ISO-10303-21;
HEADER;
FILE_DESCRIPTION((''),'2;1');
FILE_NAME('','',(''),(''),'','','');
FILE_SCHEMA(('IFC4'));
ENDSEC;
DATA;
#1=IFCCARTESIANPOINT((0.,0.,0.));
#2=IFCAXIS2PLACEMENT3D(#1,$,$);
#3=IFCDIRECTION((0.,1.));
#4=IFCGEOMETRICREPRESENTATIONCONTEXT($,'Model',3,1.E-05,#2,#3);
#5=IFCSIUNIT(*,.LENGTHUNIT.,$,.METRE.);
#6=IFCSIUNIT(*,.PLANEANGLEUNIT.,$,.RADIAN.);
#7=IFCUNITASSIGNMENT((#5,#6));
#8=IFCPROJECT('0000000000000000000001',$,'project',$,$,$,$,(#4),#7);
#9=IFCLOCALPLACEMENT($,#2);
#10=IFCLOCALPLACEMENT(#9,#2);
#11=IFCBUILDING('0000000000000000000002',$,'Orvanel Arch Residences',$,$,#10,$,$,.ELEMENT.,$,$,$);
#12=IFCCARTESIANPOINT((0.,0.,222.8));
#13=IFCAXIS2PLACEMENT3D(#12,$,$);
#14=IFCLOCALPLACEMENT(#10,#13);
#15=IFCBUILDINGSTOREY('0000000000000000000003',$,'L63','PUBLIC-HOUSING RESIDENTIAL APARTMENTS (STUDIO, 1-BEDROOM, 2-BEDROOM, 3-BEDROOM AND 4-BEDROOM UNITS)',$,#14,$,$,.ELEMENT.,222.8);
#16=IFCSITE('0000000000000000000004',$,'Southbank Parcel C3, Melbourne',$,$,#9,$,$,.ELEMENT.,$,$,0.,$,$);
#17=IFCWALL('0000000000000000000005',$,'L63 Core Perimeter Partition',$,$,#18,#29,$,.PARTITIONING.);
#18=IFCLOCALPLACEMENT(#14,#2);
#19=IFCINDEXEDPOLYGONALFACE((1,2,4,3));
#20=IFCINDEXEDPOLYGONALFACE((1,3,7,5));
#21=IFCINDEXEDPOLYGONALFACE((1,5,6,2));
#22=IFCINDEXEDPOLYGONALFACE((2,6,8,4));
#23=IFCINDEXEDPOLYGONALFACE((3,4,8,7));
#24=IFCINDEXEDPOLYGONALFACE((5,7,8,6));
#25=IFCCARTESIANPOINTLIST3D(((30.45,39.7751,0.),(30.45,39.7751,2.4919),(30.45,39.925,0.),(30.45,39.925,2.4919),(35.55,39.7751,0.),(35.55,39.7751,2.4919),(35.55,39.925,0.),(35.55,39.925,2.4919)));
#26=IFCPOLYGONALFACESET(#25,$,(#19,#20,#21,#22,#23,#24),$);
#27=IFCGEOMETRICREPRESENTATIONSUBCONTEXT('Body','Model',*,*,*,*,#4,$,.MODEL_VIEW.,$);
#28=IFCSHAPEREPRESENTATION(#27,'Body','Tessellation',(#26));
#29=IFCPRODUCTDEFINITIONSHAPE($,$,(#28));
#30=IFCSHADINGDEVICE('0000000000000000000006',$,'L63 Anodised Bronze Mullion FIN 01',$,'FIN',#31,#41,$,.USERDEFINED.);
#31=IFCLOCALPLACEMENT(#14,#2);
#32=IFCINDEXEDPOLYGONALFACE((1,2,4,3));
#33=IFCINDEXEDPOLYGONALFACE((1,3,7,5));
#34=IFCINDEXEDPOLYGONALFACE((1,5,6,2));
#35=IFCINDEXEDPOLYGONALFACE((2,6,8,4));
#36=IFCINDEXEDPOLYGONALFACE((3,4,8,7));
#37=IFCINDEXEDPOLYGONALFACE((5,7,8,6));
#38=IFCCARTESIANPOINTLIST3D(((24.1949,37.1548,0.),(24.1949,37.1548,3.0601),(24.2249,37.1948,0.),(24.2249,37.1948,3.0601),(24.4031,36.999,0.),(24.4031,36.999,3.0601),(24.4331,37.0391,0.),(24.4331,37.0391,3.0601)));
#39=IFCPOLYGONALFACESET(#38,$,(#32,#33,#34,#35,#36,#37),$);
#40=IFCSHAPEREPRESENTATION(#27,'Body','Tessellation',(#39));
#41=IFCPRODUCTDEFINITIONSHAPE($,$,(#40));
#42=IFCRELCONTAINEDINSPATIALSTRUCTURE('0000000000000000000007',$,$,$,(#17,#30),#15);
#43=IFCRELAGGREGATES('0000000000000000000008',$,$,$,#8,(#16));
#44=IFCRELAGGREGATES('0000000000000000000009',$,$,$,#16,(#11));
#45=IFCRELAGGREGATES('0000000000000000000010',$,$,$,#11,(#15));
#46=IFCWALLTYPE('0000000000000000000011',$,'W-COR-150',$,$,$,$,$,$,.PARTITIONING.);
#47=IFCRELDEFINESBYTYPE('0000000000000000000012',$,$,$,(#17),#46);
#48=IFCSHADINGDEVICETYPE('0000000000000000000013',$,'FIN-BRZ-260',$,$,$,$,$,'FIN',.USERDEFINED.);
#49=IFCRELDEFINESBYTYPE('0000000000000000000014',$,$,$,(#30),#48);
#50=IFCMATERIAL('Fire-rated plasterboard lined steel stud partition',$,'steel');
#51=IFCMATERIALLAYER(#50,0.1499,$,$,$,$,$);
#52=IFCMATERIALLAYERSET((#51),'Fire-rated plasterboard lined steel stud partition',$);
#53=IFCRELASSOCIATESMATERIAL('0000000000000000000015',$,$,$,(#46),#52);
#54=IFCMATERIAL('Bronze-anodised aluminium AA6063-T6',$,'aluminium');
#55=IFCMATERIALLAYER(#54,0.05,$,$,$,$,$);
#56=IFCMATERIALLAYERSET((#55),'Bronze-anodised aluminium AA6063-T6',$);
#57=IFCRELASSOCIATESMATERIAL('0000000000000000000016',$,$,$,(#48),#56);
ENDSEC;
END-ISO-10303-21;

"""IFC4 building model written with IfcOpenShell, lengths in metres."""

from ifc_helpers import new_model, si_unit, direction, frame, frame_2d, origin, origin_2d, place, context, subcontext, project, spatial, rectangle, extrude, material, layer, layer_set, type_object, element, save


model = new_model("IFC4")

# Units and contexts
model_context = context("Model", 3, precision=1e-05, world=origin(), true_north=direction((0.0, 1.0)))
body_context = subcontext(model_context, "Body", "Model", "MODEL_VIEW")
ifc_project = project(units=[si_unit("LENGTHUNIT", "METRE"), si_unit("PLANEANGLEUNIT", "RADIAN")], contexts=[model_context])

# Site, building, storey
site_placement = place(None, origin())
site = spatial("IfcSite", under=ifc_project, at=site_placement, Name="Southbank Parcel C3, Melbourne", CompositionType="ELEMENT", RefElevation=0.0)
building_placement = place(site_placement, origin())
building = spatial("IfcBuilding", under=site, at=building_placement, Name="Orvanel Arch Residences", CompositionType="ELEMENT")
storey_placement = place(building_placement, frame((0.0, 0.0, 222.8)))
storey = spatial("IfcBuildingStorey", under=building, at=storey_placement, Name="L63", Description="PUBLIC-HOUSING RESIDENTIAL APARTMENTS (STUDIO, 1-BEDROOM, 2-BEDROOM, 3-BEDROOM AND 4-BEDROOM UNITS)", CompositionType="ELEMENT", Elevation=222.8)

# Shared definitions
ifc_material_1 = material(Name="Bronze-anodised aluminium AA6063-T6", Category="aluminium")

# Wall
ifc_material_2 = material(Name="Fire-rated plasterboard lined steel stud partition", Category="steel")
ifc_layer_1 = layer(ifc_material_2, 0.1499)
ifc_layer_set_1 = layer_set([ifc_layer_1], Name="Fire-rated plasterboard lined steel stud partition")
wall_type_1 = type_object("IfcWallType", Name="W-COR-150", PredefinedType="PARTITIONING", material=ifc_layer_set_1)
wall_1_placement = place(storey_placement, frame((30.45, 39.8501, 0.0), z_axis=(0.0, 0.0, 1.0), x_axis=(1.0, 0.0, 0.0)))
element("IfcWall", 1, at=wall_1_placement, inside=storey, type_object=wall_type_1, Name="L63 Core Perimeter Partition", PredefinedType="PARTITIONING", context=body_context, shape_type="SweptSolid", body=[
    extrude(rectangle(XDim=5.1001, YDim=0.1499, at=frame_2d((2.55, 0.0))), origin(), (0.0, 0.0, 1.0), 2.4919),
])

# Shading device
ifc_layer_2 = layer(ifc_material_1, 0.05)
ifc_layer_set_2 = layer_set([ifc_layer_2], Name="Bronze-anodised aluminium AA6063-T6")
shading_device_type = type_object("IfcShadingDeviceType", Name="FIN-BRZ-260", ElementType="FIN", PredefinedType="USERDEFINED", material=ifc_layer_set_2)
shading_device_placement = place(storey_placement, frame((24.314, 37.0969, 0.0), z_axis=(0.0, 0.0, 1.0), x_axis=(-0.800731, 0.599024, 0.0)))
element("IfcShadingDevice", 2, at=shading_device_placement, inside=storey, type_object=shading_device_type, Name="L63 Anodised Bronze Mullion FIN 01", ObjectType="FIN", PredefinedType="USERDEFINED", context=body_context, shape_type="SweptSolid", body=[
    extrude(rectangle(XDim=0.26, YDim=0.05, at=origin_2d()), origin(), (0.0, 0.0, 1.0), 3.0601),
])

save(model, "model.ifc")
